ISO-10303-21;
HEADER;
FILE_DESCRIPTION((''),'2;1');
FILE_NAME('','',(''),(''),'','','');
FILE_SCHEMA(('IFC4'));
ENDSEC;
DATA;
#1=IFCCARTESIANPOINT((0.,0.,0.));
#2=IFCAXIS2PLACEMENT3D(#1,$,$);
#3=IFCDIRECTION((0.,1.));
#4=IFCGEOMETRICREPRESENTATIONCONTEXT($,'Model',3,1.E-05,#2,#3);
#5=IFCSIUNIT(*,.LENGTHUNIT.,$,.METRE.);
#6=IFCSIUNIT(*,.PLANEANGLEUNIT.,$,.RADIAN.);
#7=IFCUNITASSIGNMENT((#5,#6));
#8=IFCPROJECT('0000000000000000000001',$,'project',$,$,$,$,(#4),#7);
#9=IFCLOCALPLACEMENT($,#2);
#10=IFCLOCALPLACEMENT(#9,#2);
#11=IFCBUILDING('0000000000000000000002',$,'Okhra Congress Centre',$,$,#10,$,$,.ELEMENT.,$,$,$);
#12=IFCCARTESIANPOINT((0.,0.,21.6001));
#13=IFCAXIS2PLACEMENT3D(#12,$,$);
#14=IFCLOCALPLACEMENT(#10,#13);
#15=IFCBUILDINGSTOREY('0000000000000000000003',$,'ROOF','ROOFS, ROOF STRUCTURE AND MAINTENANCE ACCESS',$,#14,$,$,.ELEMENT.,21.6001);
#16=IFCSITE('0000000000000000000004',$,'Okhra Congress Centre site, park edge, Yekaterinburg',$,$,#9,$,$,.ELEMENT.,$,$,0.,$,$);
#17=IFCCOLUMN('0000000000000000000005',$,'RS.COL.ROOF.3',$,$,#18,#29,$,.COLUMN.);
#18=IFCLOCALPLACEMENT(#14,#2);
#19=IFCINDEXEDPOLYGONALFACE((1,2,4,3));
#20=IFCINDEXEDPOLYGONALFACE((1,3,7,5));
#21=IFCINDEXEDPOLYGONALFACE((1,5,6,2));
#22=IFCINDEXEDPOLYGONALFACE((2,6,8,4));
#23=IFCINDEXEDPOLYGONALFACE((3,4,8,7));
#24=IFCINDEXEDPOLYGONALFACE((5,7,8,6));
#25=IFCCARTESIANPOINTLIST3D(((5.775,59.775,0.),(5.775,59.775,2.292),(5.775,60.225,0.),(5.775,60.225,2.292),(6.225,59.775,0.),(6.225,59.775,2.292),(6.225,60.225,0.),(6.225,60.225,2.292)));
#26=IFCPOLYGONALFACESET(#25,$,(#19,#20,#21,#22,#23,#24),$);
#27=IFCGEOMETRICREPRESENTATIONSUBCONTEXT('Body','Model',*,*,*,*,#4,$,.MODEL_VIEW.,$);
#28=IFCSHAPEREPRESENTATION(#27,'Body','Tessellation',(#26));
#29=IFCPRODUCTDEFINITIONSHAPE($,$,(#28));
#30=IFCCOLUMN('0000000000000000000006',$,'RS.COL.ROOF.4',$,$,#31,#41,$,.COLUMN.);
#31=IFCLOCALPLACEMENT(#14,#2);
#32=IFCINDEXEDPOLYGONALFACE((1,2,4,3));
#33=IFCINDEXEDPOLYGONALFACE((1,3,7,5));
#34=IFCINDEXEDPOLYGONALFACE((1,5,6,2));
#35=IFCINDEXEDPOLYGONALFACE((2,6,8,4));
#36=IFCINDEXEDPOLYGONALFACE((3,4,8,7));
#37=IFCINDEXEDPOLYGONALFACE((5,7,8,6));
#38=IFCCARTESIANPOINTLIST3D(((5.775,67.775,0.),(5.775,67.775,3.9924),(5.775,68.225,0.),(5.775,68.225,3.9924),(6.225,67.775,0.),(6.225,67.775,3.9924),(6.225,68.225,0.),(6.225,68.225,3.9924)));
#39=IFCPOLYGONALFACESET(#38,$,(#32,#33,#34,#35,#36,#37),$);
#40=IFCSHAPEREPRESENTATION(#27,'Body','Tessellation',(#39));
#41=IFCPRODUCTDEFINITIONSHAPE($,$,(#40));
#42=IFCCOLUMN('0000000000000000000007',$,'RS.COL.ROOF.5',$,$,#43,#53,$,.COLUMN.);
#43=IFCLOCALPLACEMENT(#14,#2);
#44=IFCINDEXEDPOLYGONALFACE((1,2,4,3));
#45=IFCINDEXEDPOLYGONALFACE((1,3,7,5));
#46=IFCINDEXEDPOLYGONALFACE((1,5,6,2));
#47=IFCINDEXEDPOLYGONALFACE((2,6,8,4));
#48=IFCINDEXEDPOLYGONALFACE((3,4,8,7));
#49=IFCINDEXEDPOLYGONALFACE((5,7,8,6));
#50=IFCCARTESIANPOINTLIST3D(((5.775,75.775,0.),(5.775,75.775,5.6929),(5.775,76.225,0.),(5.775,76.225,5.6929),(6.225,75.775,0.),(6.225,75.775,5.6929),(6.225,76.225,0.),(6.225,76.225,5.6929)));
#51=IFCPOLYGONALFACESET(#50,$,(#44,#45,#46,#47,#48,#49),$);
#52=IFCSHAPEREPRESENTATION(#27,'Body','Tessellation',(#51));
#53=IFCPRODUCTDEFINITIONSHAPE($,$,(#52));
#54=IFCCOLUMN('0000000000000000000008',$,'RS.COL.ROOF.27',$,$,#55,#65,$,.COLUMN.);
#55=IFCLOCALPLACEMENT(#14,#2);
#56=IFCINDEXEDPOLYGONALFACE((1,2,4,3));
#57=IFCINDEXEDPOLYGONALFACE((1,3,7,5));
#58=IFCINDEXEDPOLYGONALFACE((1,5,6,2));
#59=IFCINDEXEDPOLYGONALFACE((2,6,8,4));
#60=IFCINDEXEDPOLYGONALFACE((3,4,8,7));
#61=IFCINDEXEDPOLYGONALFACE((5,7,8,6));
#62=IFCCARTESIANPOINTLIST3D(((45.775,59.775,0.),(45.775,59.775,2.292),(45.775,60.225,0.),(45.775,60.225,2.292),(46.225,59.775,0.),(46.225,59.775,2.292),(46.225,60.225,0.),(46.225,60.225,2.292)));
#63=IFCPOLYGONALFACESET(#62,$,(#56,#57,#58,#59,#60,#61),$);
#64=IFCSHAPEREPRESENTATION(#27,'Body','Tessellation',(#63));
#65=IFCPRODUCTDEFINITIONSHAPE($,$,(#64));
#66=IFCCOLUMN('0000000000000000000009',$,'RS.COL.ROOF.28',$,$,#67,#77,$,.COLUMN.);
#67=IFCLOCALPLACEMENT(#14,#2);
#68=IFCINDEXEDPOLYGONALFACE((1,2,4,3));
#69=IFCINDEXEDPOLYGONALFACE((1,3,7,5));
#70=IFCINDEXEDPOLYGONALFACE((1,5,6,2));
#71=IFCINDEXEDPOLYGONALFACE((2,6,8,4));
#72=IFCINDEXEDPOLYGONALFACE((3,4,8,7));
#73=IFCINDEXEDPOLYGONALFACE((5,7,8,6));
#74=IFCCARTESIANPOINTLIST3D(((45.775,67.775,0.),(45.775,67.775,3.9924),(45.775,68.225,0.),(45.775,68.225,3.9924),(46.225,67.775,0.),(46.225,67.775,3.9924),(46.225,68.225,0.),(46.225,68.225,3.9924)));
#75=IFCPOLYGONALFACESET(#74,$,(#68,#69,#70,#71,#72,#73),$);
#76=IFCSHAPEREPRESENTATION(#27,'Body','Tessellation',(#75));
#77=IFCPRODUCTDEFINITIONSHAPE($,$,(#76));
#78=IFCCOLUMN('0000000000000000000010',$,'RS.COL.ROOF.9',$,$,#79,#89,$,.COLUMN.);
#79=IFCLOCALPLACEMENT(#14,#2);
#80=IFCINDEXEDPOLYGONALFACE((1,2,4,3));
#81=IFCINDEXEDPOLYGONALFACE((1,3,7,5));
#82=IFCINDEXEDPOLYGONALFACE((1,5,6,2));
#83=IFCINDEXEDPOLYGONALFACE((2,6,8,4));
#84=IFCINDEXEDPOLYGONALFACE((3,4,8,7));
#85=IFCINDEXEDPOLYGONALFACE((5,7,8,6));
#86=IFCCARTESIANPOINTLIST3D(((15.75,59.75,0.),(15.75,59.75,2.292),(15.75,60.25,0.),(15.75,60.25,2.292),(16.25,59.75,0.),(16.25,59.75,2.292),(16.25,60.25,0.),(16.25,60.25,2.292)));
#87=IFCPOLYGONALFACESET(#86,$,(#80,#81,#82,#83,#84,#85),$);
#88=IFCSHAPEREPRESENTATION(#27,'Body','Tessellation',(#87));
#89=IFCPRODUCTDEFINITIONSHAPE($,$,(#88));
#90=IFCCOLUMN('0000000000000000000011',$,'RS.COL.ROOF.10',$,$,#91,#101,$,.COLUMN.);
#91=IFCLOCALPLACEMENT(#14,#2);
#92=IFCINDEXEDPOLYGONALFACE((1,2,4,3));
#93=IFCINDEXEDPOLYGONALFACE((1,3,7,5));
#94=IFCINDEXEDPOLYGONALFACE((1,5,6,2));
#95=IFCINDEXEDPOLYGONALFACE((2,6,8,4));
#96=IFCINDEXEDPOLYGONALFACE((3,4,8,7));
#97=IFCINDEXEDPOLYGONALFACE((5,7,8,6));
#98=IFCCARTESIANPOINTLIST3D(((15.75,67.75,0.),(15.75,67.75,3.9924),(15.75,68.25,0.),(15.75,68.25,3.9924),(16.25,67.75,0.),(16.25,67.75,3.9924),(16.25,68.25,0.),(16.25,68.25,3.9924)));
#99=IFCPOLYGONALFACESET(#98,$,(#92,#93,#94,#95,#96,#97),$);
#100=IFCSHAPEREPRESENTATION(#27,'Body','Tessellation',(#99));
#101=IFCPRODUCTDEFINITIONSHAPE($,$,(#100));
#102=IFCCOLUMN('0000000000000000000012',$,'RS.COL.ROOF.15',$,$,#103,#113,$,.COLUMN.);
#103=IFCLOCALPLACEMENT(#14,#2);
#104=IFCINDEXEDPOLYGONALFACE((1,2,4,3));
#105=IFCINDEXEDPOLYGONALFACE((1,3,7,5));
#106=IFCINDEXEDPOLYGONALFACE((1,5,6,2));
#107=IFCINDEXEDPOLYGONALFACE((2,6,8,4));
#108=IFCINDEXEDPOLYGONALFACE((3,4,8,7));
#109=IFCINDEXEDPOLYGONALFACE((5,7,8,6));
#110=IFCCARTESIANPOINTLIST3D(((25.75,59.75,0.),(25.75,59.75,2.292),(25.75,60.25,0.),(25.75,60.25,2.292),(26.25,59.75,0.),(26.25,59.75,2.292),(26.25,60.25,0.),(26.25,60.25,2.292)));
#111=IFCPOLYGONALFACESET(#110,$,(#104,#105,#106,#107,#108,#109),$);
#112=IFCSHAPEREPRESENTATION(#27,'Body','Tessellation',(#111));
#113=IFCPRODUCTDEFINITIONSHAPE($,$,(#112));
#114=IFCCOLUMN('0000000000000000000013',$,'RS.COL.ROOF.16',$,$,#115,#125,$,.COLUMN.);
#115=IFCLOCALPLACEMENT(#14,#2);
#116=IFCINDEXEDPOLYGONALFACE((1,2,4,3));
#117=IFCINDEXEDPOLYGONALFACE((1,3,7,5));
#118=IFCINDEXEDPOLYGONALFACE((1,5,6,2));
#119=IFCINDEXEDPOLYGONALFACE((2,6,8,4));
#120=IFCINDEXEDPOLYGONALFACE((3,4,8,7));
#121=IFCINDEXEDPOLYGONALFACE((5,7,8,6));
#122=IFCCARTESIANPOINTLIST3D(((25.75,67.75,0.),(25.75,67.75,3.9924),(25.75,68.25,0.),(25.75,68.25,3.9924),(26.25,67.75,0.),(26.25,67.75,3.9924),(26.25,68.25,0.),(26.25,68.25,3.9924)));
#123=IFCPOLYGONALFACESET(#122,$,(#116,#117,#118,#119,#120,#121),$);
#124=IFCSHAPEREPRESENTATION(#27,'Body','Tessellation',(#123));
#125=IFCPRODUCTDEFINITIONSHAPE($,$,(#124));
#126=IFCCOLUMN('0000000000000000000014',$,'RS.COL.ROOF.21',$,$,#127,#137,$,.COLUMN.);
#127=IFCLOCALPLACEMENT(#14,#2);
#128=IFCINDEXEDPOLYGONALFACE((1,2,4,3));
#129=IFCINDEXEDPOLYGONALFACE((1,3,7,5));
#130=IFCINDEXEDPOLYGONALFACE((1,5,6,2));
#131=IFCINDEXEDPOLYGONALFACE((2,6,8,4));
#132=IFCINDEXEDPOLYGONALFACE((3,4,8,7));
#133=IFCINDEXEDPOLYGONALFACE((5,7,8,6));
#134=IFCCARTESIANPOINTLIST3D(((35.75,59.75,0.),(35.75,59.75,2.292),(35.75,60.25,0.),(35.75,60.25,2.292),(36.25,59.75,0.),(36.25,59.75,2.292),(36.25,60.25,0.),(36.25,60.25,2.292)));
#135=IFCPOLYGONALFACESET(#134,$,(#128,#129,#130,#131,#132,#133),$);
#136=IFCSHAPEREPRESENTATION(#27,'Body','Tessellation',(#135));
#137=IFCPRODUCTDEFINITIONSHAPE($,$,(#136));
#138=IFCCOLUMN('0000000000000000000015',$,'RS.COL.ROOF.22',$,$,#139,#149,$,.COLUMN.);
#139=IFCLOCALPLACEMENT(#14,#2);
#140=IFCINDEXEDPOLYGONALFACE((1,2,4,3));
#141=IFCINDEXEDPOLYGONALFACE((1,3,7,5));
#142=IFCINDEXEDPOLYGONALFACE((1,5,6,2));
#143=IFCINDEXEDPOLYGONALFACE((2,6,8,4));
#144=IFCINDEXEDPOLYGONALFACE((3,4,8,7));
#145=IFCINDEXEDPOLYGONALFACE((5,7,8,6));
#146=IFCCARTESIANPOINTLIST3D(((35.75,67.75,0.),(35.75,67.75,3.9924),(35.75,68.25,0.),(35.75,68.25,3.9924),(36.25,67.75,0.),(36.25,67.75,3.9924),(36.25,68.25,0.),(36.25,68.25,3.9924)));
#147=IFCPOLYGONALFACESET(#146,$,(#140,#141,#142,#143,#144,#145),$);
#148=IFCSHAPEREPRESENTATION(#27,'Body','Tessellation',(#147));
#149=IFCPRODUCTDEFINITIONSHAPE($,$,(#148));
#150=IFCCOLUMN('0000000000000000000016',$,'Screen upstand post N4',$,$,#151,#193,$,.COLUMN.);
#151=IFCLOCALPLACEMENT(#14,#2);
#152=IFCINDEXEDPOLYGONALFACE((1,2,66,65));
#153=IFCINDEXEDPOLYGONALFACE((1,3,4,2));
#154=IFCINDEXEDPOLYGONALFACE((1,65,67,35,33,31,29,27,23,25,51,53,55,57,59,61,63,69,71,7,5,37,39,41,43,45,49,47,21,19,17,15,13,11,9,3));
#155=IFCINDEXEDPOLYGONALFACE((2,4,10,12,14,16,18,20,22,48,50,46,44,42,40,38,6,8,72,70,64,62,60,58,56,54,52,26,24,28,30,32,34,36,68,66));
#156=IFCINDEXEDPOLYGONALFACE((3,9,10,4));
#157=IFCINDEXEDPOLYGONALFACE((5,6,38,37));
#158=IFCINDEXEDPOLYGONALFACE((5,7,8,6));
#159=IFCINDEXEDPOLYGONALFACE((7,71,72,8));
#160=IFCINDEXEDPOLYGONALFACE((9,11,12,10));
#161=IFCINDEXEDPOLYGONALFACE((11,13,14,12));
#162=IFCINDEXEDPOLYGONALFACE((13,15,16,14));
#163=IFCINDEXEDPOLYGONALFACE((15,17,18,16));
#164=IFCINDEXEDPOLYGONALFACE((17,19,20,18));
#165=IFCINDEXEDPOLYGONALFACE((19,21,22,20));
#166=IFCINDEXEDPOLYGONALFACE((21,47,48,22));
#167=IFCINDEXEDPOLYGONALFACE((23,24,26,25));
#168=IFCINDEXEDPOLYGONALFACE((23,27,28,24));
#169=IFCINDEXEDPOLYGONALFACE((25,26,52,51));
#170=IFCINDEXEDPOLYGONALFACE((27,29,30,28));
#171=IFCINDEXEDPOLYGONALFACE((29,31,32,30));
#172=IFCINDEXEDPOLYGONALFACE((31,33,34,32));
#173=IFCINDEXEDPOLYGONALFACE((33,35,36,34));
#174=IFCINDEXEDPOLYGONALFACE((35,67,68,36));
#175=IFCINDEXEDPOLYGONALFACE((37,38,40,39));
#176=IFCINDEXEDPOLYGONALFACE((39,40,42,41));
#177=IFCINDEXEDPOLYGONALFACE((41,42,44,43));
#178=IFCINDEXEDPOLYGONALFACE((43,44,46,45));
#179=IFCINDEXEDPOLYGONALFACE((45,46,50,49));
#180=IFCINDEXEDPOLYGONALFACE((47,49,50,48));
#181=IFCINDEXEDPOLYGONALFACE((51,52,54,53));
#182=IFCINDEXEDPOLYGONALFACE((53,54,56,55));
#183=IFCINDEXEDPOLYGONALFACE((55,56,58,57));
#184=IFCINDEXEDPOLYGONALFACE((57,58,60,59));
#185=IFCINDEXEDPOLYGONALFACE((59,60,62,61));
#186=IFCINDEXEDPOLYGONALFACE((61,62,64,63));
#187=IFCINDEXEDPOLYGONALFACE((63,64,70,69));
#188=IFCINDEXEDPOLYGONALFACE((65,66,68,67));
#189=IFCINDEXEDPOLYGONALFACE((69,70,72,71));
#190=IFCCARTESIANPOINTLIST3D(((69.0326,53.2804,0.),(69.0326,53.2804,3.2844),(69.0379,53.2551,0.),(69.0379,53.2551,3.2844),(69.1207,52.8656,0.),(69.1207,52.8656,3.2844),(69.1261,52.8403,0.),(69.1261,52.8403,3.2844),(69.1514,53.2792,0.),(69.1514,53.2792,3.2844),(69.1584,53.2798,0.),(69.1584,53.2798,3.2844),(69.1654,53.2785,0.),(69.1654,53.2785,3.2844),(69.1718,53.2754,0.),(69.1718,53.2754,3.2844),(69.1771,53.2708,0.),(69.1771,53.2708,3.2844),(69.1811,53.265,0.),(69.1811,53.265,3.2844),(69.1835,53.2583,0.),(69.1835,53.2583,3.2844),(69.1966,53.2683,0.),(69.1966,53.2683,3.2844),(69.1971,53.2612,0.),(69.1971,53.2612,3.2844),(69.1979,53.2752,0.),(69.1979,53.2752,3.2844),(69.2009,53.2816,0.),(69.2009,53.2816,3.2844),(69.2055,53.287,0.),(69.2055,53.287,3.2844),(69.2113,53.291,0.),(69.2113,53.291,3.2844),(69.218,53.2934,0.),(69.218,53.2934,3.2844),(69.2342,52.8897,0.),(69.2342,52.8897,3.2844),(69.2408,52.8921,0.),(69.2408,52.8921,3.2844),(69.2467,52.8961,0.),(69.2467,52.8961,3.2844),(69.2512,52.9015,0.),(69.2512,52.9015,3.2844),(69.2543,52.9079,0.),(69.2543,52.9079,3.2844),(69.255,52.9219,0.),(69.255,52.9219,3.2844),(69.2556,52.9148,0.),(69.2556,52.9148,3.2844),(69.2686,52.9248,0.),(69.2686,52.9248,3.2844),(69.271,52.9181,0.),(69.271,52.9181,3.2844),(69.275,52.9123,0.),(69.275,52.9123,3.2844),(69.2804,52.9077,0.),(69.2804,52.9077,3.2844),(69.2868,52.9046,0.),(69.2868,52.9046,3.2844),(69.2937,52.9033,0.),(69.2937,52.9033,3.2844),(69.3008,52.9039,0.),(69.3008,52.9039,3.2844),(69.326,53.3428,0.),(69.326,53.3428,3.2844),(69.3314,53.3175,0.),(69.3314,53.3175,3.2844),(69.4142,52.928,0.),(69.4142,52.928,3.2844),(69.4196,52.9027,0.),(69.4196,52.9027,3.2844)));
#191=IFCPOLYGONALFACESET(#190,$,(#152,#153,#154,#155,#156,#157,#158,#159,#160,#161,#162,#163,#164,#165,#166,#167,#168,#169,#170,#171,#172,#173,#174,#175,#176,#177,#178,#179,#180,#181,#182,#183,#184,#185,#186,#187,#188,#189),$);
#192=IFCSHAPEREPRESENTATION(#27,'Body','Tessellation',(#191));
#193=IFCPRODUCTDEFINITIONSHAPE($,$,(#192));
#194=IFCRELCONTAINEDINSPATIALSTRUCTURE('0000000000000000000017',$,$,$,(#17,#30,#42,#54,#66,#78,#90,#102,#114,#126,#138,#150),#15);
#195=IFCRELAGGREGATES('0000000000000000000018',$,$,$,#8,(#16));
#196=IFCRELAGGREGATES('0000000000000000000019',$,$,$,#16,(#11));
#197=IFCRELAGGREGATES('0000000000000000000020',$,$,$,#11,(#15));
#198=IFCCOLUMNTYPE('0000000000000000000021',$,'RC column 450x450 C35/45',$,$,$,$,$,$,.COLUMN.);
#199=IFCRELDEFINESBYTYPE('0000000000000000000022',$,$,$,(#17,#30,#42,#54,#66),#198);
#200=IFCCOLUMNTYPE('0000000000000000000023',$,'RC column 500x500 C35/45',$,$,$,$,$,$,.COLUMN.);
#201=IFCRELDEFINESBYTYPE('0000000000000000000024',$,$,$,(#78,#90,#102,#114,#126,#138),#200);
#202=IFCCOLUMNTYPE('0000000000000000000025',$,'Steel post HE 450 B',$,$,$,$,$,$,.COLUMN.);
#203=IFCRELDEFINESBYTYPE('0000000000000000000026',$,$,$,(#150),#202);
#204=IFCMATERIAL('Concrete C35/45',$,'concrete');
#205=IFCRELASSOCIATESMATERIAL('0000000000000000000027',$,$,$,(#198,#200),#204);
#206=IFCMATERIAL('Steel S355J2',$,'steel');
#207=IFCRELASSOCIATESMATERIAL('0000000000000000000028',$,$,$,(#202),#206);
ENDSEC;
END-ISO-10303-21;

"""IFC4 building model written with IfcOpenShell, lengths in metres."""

from ifc_helpers import new_model, si_unit, direction, frame, origin, origin_2d, place, context, subcontext, project, spatial, rectangle, i_section, extrude, material, material_profile, profile_set, type_object, element, save


model = new_model("IFC4")

# Units and contexts
model_context = context("Model", 3, precision=1e-05, world=origin(), true_north=direction((0.0, 1.0)))
body_context = subcontext(model_context, "Body", "Model", "MODEL_VIEW")
ifc_project = project(units=[si_unit("LENGTHUNIT", "METRE"), si_unit("PLANEANGLEUNIT", "RADIAN")], contexts=[model_context])

# Site, building, storey
site_placement = place(None, origin())
site = spatial("IfcSite", under=ifc_project, at=site_placement, Name="Okhra Congress Centre site, park edge, Yekaterinburg", CompositionType="ELEMENT", RefElevation=0.0)
building_placement = place(site_placement, origin())
building = spatial("IfcBuilding", under=site, at=building_placement, Name="Okhra Congress Centre", CompositionType="ELEMENT")
storey_placement = place(building_placement, frame((0.0, 0.0, 21.6001)))
storey = spatial("IfcBuildingStorey", under=building, at=storey_placement, Name="ROOF", Description="ROOFS, ROOF STRUCTURE AND MAINTENANCE ACCESS", CompositionType="ELEMENT", Elevation=21.6001)

# Columns
ifc_material_1 = material(Name="Concrete C35/45", Category="concrete")
ifc_material_profile_1 = material_profile(ifc_material_1, rectangle(XDim=0.45, YDim=0.45, at=origin_2d()), Name="RC 450x450")
ifc_profile_set_1 = profile_set([ifc_material_profile_1], Name="Concrete C35/45")
column_type_1 = type_object("IfcColumnType", Name="RC column 450x450 C35/45", PredefinedType="COLUMN", material=ifc_profile_set_1)
column_1_placement = place(storey_placement, frame((6.0, 60.0, 0.0), z_axis=(0.0, 0.0, 1.0), x_axis=(1.0, 0.0, 0.0)))
element("IfcColumn", 1, at=column_1_placement, inside=storey, type_object=column_type_1, Name="RS.COL.ROOF.3", PredefinedType="COLUMN", context=body_context, shape_type="SweptSolid", body=[
    extrude(rectangle(XDim=0.45, YDim=0.45, at=origin_2d()), origin(), (0.0, 0.0, 1.0), 2.292),
])
column_2_placement = place(storey_placement, frame((6.0, 68.0, 0.0), z_axis=(0.0, 0.0, 1.0), x_axis=(1.0, 0.0, 0.0)))
element("IfcColumn", 2, at=column_2_placement, inside=storey, type_object=column_type_1, Name="RS.COL.ROOF.4", PredefinedType="COLUMN", context=body_context, shape_type="SweptSolid", body=[
    extrude(rectangle(XDim=0.45, YDim=0.45, at=origin_2d()), origin(), (0.0, 0.0, 1.0), 3.9924),
])
column_3_placement = place(storey_placement, frame((6.0, 76.0, 0.0), z_axis=(0.0, 0.0, 1.0), x_axis=(1.0, 0.0, 0.0)))
element("IfcColumn", 3, at=column_3_placement, inside=storey, type_object=column_type_1, Name="RS.COL.ROOF.5", PredefinedType="COLUMN", context=body_context, shape_type="SweptSolid", body=[
    extrude(rectangle(XDim=0.45, YDim=0.45, at=origin_2d()), origin(), (0.0, 0.0, 1.0), 5.6929),
])
column_4_placement = place(storey_placement, frame((46.0, 60.0, 0.0), z_axis=(0.0, 0.0, 1.0), x_axis=(1.0, 0.0, 0.0)))
element("IfcColumn", 4, at=column_4_placement, inside=storey, type_object=column_type_1, Name="RS.COL.ROOF.27", PredefinedType="COLUMN", context=body_context, shape_type="SweptSolid", body=[
    extrude(rectangle(XDim=0.45, YDim=0.45, at=origin_2d()), origin(), (0.0, 0.0, 1.0), 2.292),
])
column_5_placement = place(storey_placement, frame((46.0, 68.0, 0.0), z_axis=(0.0, 0.0, 1.0), x_axis=(1.0, 0.0, 0.0)))
element("IfcColumn", 5, at=column_5_placement, inside=storey, type_object=column_type_1, Name="RS.COL.ROOF.28", PredefinedType="COLUMN", context=body_context, shape_type="SweptSolid", body=[
    extrude(rectangle(XDim=0.45, YDim=0.45, at=origin_2d()), origin(), (0.0, 0.0, 1.0), 3.9924),
])
ifc_material_profile_2 = material_profile(ifc_material_1, rectangle(XDim=0.5, YDim=0.5, at=origin_2d()), Name="RC 500x500")
ifc_profile_set_2 = profile_set([ifc_material_profile_2], Name="Concrete C35/45")
column_type_2 = type_object("IfcColumnType", Name="RC column 500x500 C35/45", PredefinedType="COLUMN", material=ifc_profile_set_2)
column_6_placement = place(storey_placement, frame((16.0, 60.0, 0.0), z_axis=(0.0, 0.0, 1.0), x_axis=(1.0, 0.0, 0.0)))
element("IfcColumn", 6, at=column_6_placement, inside=storey, type_object=column_type_2, Name="RS.COL.ROOF.9", PredefinedType="COLUMN", context=body_context, shape_type="SweptSolid", body=[
    extrude(rectangle(XDim=0.5, YDim=0.5, at=origin_2d()), origin(), (0.0, 0.0, 1.0), 2.292),
])
column_7_placement = place(storey_placement, frame((16.0, 68.0, 0.0), z_axis=(0.0, 0.0, 1.0), x_axis=(1.0, 0.0, 0.0)))
element("IfcColumn", 7, at=column_7_placement, inside=storey, type_object=column_type_2, Name="RS.COL.ROOF.10", PredefinedType="COLUMN", context=body_context, shape_type="SweptSolid", body=[
    extrude(rectangle(XDim=0.5, YDim=0.5, at=origin_2d()), origin(), (0.0, 0.0, 1.0), 3.9924),
])
column_8_placement = place(storey_placement, frame((26.0, 60.0, 0.0), z_axis=(0.0, 0.0, 1.0), x_axis=(1.0, 0.0, 0.0)))
element("IfcColumn", 8, at=column_8_placement, inside=storey, type_object=column_type_2, Name="RS.COL.ROOF.15", PredefinedType="COLUMN", context=body_context, shape_type="SweptSolid", body=[
    extrude(rectangle(XDim=0.5, YDim=0.5, at=origin_2d()), origin(), (0.0, 0.0, 1.0), 2.292),
])
column_9_placement = place(storey_placement, frame((26.0, 68.0, 0.0), z_axis=(0.0, 0.0, 1.0), x_axis=(1.0, 0.0, 0.0)))
element("IfcColumn", 9, at=column_9_placement, inside=storey, type_object=column_type_2, Name="RS.COL.ROOF.16", PredefinedType="COLUMN", context=body_context, shape_type="SweptSolid", body=[
    extrude(rectangle(XDim=0.5, YDim=0.5, at=origin_2d()), origin(), (0.0, 0.0, 1.0), 3.9924),
])
column_10_placement = place(storey_placement, frame((36.0, 60.0, 0.0), z_axis=(0.0, 0.0, 1.0), x_axis=(1.0, 0.0, 0.0)))
element("IfcColumn", 10, at=column_10_placement, inside=storey, type_object=column_type_2, Name="RS.COL.ROOF.21", PredefinedType="COLUMN", context=body_context, shape_type="SweptSolid", body=[
    extrude(rectangle(XDim=0.5, YDim=0.5, at=origin_2d()), origin(), (0.0, 0.0, 1.0), 2.292),
])
column_11_placement = place(storey_placement, frame((36.0, 68.0, 0.0), z_axis=(0.0, 0.0, 1.0), x_axis=(1.0, 0.0, 0.0)))
element("IfcColumn", 11, at=column_11_placement, inside=storey, type_object=column_type_2, Name="RS.COL.ROOF.22", PredefinedType="COLUMN", context=body_context, shape_type="SweptSolid", body=[
    extrude(rectangle(XDim=0.5, YDim=0.5, at=origin_2d()), origin(), (0.0, 0.0, 1.0), 3.9924),
])
ifc_material_2 = material(Name="Steel S355J2", Category="steel")
ifc_material_profile_3 = material_profile(ifc_material_2, i_section(OverallWidth=0.3, OverallDepth=0.45, WebThickness=0.0139, FlangeThickness=0.0259, FilletRadius=0.0271, at=origin_2d()), Name="HE 450 B")
ifc_profile_set_3 = profile_set([ifc_material_profile_3], Name="Steel S355J2")
column_type_3 = type_object("IfcColumnType", Name="Steel post HE 450 B", PredefinedType="COLUMN", material=ifc_profile_set_3)
column_12_placement = place(storey_placement, frame((69.2261, 53.0916, 0.0), z_axis=(0.0, 0.0, 1.0), x_axis=(0.978148, 0.207912, 0.0)))
element("IfcColumn", 12, at=column_12_placement, inside=storey, type_object=column_type_3, Name="Screen upstand post N4", PredefinedType="COLUMN", context=body_context, shape_type="SweptSolid", body=[
    extrude(i_section(OverallWidth=0.3, OverallDepth=0.45, WebThickness=0.0139, FlangeThickness=0.0259, FilletRadius=0.0271, at=origin_2d()), origin(), (0.0, 0.0, 1.0), 3.2844),
])

save(model, "model.ifc")
